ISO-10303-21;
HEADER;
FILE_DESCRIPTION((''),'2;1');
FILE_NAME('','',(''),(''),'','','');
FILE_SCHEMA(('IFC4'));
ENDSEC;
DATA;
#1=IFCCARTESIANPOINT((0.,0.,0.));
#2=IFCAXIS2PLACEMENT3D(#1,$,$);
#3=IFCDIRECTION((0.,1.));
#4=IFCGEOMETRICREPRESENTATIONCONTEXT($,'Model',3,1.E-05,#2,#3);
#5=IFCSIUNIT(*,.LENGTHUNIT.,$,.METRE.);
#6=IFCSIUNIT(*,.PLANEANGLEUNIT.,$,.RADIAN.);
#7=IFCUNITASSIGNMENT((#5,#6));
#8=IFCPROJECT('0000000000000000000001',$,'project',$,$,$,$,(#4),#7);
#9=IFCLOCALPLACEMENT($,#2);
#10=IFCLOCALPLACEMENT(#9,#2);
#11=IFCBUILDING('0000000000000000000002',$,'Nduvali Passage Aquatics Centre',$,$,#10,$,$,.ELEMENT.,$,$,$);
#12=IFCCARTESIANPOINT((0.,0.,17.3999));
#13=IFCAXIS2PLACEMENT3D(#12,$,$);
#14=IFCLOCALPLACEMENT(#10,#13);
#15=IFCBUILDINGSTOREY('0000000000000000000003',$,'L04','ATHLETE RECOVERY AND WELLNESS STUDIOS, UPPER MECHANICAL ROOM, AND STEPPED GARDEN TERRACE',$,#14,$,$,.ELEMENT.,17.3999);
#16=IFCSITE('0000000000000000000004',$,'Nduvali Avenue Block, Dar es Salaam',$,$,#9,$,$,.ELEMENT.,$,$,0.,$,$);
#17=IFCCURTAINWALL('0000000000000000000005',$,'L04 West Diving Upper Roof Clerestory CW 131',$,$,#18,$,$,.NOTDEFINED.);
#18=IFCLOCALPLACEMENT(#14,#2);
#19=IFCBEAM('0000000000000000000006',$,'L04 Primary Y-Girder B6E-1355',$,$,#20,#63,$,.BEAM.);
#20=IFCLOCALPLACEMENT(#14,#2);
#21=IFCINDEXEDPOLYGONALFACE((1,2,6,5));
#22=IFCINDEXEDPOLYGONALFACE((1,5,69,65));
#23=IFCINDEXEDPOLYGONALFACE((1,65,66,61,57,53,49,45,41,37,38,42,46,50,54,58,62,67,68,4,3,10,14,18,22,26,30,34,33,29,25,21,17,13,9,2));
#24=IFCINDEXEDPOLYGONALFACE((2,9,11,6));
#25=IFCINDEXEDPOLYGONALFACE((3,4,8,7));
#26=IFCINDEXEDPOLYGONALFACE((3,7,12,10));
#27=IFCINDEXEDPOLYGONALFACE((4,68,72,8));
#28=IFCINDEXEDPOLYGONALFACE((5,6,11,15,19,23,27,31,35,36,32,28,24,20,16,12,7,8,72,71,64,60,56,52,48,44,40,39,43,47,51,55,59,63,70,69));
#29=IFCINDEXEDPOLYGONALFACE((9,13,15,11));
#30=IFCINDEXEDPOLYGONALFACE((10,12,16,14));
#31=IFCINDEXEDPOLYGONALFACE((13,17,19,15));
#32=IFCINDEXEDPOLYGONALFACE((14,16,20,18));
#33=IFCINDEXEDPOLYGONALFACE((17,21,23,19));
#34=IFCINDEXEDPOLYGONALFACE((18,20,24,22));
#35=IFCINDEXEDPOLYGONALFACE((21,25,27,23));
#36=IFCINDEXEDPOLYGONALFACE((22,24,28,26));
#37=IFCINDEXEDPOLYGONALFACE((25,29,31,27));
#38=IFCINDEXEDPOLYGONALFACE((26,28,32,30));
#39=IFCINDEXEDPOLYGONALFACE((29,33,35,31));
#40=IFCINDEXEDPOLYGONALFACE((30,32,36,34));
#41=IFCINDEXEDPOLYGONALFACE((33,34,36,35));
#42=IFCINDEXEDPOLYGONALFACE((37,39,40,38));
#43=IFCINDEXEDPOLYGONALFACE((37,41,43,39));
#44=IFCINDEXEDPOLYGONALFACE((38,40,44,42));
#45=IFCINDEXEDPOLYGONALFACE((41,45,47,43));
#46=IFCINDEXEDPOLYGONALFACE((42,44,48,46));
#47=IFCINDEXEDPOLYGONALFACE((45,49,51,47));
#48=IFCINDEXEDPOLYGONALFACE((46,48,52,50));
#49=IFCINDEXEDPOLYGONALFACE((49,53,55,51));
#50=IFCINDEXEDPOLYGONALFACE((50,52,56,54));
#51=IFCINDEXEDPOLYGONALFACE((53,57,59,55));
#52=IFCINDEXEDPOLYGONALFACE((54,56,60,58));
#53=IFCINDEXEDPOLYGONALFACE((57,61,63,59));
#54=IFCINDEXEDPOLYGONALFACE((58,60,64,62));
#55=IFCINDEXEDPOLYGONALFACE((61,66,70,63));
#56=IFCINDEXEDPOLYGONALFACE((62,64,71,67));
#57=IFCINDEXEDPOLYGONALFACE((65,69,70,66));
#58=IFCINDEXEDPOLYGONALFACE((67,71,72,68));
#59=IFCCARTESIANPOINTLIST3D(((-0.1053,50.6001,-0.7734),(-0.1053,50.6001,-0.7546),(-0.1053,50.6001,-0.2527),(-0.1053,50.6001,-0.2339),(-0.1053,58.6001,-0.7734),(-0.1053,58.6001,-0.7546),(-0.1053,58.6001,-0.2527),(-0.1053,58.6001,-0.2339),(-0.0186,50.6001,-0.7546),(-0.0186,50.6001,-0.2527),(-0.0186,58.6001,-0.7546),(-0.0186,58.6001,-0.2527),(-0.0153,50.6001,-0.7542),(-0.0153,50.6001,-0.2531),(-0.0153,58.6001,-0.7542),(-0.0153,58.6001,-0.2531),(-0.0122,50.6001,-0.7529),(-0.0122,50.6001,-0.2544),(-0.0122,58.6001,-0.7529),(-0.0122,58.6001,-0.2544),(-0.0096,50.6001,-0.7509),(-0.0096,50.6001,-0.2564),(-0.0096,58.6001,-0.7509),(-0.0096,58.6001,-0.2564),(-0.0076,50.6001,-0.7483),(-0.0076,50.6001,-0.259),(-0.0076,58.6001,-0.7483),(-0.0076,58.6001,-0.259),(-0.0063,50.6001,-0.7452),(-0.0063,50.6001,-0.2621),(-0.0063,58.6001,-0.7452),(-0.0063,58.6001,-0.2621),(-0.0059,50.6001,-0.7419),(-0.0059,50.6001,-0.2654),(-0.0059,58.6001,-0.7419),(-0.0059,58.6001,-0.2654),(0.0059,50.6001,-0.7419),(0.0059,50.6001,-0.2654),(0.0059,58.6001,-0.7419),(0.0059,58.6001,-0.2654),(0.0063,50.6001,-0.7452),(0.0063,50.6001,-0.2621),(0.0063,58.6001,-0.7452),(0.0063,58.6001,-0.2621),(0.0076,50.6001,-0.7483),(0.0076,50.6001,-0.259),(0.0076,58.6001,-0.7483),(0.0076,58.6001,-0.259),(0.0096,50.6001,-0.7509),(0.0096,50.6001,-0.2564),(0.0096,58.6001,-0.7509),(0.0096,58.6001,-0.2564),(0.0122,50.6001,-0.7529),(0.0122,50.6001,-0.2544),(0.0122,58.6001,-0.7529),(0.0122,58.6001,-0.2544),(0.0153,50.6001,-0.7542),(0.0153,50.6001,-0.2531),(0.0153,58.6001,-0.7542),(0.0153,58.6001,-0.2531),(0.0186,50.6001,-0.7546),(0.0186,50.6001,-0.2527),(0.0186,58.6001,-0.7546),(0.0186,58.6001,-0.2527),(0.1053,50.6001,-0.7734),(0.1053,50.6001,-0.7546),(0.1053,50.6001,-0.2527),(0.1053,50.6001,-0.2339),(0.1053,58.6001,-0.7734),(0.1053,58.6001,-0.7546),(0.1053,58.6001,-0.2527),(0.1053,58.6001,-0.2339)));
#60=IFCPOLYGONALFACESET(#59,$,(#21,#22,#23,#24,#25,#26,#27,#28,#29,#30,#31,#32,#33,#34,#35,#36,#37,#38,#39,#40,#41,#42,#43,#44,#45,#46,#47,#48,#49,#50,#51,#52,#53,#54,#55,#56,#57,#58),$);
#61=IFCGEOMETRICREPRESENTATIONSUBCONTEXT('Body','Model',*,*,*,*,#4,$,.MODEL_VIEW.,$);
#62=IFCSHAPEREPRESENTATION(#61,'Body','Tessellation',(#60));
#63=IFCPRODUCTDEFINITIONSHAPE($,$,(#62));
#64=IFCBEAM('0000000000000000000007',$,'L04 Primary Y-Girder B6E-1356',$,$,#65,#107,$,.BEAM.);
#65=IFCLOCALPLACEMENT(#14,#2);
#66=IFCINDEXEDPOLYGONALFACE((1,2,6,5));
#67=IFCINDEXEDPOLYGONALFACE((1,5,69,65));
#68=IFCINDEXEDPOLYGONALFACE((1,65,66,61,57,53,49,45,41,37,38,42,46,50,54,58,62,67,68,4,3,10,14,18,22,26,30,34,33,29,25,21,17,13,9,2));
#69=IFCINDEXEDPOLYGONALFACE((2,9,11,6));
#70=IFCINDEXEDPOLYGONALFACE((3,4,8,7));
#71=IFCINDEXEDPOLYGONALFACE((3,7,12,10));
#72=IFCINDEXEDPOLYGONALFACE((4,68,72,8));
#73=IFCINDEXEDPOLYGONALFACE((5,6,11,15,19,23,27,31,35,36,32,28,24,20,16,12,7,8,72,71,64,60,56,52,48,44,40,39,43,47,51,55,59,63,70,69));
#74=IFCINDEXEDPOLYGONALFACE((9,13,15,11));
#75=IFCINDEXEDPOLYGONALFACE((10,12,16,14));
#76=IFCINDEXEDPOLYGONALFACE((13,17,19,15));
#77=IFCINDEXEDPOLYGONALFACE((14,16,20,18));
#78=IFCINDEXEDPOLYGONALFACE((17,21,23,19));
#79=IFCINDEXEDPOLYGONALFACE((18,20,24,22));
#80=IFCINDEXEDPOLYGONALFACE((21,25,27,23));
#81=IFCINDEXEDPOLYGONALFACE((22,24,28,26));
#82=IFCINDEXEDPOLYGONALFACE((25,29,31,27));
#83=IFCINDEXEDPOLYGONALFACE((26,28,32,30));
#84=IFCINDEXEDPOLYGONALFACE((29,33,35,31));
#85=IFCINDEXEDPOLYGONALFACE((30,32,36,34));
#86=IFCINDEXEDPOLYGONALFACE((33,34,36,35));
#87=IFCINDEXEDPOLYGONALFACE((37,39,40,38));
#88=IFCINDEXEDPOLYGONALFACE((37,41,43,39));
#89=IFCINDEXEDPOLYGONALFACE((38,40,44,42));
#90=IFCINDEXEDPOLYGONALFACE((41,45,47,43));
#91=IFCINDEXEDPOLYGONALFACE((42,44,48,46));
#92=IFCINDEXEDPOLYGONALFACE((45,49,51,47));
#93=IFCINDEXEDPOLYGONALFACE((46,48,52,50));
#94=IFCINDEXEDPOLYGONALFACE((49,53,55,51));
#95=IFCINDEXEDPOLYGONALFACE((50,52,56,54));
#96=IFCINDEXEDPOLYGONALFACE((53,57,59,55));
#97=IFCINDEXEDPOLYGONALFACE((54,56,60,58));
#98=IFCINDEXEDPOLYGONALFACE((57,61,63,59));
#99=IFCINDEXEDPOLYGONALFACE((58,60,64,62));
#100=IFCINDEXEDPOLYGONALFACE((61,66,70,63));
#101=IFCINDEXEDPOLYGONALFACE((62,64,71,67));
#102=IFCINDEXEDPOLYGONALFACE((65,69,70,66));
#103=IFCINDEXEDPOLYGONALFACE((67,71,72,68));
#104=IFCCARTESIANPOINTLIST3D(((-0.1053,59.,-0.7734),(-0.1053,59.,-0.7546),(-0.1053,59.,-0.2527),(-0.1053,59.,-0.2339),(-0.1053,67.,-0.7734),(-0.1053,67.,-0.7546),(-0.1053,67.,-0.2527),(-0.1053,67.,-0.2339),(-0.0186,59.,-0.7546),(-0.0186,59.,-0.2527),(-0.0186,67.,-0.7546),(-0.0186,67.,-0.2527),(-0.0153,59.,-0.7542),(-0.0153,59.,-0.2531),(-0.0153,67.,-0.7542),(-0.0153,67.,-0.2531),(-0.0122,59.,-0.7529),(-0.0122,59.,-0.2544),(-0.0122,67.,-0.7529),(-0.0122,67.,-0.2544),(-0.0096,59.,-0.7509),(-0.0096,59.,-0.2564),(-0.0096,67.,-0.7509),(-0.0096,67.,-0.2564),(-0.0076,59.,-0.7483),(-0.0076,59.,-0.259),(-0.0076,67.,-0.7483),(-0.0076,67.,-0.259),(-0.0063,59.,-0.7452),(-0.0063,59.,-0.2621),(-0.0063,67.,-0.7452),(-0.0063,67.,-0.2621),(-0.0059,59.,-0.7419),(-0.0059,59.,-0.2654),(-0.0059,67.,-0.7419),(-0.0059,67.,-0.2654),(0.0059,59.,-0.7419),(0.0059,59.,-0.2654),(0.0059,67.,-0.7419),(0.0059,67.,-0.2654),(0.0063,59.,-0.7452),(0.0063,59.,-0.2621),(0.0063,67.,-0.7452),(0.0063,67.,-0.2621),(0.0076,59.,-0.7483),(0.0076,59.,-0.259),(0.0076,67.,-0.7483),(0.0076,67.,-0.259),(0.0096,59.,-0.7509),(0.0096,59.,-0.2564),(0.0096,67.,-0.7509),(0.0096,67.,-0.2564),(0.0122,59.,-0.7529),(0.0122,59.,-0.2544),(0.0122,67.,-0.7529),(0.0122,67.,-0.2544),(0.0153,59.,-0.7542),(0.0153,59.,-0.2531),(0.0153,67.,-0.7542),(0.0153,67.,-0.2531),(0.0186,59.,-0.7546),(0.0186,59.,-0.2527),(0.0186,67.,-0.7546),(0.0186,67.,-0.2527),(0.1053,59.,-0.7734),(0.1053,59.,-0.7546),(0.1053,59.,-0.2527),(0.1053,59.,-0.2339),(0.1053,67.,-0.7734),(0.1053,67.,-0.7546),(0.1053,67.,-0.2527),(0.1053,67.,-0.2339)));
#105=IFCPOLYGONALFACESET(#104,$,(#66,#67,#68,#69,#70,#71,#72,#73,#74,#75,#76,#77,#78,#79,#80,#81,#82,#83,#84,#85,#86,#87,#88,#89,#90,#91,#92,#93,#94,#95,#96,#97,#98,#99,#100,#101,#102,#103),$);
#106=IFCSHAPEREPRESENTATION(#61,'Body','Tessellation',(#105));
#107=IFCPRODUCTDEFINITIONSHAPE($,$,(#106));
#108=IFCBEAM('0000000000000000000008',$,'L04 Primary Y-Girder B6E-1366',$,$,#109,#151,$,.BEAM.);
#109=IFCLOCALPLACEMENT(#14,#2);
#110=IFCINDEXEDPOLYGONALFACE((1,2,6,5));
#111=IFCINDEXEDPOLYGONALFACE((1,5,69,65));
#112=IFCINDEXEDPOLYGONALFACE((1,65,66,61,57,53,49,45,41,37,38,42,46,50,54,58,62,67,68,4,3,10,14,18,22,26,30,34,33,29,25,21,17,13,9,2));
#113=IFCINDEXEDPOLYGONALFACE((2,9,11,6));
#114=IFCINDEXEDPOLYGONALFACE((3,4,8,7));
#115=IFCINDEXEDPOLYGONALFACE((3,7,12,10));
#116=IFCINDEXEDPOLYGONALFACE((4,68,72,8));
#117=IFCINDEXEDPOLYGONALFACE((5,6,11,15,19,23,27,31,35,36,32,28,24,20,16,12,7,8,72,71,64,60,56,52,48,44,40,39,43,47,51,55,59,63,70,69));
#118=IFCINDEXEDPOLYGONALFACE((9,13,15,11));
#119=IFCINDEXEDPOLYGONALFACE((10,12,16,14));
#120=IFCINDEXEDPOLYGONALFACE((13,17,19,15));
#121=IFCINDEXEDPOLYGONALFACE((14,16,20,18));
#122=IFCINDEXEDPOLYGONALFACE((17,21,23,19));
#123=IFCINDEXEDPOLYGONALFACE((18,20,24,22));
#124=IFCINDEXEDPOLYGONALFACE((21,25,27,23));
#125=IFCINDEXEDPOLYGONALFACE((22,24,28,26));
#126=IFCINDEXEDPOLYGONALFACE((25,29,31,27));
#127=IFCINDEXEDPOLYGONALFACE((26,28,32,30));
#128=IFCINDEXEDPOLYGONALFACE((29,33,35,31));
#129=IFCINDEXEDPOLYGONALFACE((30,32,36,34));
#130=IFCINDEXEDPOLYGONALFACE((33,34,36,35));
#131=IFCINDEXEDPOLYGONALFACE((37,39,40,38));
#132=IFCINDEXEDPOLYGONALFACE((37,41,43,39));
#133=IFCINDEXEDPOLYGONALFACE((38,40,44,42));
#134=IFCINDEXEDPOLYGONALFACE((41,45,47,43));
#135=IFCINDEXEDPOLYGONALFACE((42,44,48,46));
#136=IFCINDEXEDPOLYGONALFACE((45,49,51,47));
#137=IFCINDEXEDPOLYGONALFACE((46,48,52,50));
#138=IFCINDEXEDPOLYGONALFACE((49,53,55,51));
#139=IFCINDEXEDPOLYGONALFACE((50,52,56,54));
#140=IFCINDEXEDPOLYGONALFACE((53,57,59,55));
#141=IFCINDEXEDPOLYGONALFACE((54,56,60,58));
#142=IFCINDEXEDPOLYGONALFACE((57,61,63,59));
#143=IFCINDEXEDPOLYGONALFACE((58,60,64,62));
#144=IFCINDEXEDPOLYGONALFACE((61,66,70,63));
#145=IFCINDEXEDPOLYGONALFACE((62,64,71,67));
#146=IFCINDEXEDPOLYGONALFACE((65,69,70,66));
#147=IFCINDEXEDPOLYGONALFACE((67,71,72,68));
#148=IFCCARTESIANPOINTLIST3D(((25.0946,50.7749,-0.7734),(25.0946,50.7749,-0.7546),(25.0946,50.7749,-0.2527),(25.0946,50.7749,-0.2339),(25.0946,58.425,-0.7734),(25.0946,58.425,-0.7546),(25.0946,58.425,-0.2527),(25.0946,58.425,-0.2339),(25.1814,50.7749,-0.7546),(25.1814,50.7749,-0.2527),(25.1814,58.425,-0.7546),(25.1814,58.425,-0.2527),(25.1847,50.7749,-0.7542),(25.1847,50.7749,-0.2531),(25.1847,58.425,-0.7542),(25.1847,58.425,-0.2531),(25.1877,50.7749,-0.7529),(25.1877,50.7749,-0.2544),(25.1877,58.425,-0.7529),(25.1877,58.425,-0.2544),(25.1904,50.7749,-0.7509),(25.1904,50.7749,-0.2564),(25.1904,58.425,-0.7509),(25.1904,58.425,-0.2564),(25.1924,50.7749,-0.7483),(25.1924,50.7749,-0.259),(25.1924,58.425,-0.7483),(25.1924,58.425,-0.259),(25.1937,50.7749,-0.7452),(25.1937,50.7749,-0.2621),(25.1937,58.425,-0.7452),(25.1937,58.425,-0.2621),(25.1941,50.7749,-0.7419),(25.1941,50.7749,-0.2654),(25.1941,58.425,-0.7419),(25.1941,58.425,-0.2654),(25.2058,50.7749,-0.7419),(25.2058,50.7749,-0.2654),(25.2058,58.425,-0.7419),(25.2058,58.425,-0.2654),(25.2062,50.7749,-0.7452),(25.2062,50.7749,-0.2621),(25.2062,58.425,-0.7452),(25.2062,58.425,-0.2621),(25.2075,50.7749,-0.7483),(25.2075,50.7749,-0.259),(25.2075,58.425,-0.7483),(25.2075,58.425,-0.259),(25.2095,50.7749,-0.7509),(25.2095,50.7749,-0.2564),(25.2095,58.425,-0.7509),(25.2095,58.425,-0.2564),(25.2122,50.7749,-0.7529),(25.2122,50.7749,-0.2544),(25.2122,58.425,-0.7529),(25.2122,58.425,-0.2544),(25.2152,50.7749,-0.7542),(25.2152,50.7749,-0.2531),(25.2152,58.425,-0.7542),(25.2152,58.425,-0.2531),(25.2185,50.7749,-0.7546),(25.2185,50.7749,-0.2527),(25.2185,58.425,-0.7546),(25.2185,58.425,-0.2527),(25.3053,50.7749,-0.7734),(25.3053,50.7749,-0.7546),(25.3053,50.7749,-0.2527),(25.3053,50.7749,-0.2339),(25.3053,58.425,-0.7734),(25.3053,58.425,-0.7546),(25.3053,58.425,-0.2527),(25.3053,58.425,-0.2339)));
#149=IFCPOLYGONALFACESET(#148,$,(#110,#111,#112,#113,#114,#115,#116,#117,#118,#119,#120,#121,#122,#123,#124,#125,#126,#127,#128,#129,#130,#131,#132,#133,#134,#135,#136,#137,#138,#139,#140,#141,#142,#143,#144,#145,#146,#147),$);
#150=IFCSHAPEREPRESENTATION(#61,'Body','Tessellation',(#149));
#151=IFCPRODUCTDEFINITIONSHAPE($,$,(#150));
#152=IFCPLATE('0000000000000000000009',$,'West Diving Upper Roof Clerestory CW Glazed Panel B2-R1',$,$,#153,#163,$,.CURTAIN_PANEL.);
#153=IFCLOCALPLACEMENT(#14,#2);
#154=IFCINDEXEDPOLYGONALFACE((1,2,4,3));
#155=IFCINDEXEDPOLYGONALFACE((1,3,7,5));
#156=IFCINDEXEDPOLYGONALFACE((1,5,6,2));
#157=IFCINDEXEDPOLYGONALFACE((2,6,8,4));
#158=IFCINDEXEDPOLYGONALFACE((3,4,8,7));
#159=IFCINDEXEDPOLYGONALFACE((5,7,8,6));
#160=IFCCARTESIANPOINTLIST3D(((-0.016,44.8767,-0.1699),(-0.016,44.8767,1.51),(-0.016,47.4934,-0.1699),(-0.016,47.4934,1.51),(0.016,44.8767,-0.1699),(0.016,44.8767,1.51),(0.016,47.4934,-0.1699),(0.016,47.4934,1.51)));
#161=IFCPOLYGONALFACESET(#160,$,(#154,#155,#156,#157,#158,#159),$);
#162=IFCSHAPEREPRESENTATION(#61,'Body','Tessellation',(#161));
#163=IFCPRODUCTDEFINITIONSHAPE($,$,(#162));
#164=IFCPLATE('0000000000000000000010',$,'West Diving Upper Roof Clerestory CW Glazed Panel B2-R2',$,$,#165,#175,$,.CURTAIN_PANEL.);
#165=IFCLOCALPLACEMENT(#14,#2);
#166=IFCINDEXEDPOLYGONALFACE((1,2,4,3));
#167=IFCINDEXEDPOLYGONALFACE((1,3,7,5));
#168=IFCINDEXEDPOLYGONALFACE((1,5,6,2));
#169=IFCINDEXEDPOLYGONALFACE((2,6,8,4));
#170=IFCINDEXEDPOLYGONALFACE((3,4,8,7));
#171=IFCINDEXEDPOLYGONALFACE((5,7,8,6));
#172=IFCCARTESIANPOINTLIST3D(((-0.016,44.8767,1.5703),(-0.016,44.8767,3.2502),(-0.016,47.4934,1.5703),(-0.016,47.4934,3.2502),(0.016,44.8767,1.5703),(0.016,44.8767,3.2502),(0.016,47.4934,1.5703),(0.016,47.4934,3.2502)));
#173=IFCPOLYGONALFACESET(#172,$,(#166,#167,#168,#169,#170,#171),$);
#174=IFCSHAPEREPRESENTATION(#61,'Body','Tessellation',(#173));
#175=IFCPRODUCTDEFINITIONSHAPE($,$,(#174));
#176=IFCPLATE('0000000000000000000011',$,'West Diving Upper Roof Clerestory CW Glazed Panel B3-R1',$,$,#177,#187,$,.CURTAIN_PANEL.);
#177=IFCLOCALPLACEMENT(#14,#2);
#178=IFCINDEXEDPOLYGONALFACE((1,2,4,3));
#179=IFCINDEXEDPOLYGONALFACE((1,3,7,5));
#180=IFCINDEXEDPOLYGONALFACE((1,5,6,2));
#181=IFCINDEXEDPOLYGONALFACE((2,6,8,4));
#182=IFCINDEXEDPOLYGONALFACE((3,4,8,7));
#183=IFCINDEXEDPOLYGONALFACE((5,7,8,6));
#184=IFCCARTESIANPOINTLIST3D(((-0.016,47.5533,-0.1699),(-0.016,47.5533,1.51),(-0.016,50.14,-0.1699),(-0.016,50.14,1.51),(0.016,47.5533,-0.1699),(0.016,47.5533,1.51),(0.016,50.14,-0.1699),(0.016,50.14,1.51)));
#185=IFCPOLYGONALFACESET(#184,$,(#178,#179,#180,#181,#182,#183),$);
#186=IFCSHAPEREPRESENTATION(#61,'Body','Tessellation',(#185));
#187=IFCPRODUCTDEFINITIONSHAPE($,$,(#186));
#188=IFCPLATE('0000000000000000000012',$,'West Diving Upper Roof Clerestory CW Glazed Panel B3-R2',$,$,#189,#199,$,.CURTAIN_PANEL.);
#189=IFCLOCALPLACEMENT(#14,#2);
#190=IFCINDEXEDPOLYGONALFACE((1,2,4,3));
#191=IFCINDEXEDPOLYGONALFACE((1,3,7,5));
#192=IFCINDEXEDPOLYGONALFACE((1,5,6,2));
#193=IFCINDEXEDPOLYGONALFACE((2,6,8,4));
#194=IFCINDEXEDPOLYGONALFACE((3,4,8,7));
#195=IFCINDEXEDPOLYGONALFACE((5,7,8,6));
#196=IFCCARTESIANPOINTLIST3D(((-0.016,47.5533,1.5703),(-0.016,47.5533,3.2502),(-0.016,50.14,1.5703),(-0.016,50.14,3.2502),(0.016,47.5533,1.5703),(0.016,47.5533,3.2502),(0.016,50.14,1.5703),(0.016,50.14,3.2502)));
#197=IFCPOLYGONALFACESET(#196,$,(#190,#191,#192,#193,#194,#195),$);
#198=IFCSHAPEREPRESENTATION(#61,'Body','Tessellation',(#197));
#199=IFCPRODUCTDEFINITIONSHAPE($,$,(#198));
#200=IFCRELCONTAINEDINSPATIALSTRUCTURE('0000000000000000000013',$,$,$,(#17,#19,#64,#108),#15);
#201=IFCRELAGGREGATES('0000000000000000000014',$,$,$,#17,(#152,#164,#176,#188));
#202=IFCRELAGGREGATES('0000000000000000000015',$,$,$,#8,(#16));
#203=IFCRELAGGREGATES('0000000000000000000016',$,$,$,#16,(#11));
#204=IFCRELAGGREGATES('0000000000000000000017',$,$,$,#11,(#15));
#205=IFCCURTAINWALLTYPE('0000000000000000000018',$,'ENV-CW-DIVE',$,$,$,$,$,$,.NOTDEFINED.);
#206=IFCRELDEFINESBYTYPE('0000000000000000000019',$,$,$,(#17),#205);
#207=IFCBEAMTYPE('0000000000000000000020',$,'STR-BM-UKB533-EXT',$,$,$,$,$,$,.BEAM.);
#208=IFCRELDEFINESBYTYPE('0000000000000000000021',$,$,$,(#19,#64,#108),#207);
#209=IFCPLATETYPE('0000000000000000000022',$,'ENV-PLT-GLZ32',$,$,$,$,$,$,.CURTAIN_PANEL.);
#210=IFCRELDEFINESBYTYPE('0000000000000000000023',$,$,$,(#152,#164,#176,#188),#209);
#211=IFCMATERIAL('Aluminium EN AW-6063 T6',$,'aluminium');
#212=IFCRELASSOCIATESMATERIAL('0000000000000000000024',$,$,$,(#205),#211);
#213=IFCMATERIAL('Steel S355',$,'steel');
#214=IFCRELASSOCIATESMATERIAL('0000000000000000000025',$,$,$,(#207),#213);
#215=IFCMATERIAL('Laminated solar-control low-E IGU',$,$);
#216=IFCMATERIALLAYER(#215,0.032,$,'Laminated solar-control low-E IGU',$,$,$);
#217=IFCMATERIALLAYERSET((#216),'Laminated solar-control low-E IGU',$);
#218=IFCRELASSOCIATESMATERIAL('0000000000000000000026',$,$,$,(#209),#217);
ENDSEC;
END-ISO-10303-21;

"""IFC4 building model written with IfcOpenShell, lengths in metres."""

from ifc_helpers import new_model, si_unit, direction, frame, origin, origin_2d, place, context, subcontext, project, spatial, rectangle, i_section, extrude, material, layer, layer_set, material_profile, profile_set, type_object, element, aggregate, save


model = new_model("IFC4")

# Units and contexts
model_context = context("Model", 3, precision=1e-05, world=origin(), true_north=direction((0.0, 1.0)))
body_context = subcontext(model_context, "Body", "Model", "MODEL_VIEW")
ifc_project = project(units=[si_unit("LENGTHUNIT", "METRE"), si_unit("PLANEANGLEUNIT", "RADIAN")], contexts=[model_context])

# Site, building, storey
site_placement = place(None, origin())
site = spatial("IfcSite", under=ifc_project, at=site_placement, Name="Nduvali Avenue Block, Dar es Salaam", CompositionType="ELEMENT", RefElevation=0.0)
building_placement = place(site_placement, origin())
building = spatial("IfcBuilding", under=site, at=building_placement, Name="Nduvali Passage Aquatics Centre", CompositionType="ELEMENT")
storey_placement = place(building_placement, frame((0.0, 0.0, 17.3999)))
storey = spatial("IfcBuildingStorey", under=building, at=storey_placement, Name="L04", Description="ATHLETE RECOVERY AND WELLNESS STUDIOS, UPPER MECHANICAL ROOM, AND STEPPED GARDEN TERRACE", CompositionType="ELEMENT", Elevation=17.3999)

# Shared definitions
ifc_material_1 = material(Name="Steel S355", Category="steel")

# Curtain wall
ifc_material_2 = material(Name="Aluminium EN AW-6063 T6", Category="aluminium")
curtain_wall_type = type_object("IfcCurtainWallType", Name="ENV-CW-DIVE", PredefinedType="NOTDEFINED", material=ifc_material_2)
curtain_wall_1_placement = place(storey_placement, origin())
curtain_wall_1 = element("IfcCurtainWall", 1, at=curtain_wall_1_placement, inside=storey, type_object=curtain_wall_type, Name="L04 West Diving Upper Roof Clerestory CW 131", PredefinedType="NOTDEFINED")

# Beams
ifc_material_profile_1 = material_profile(ifc_material_1, i_section(OverallWidth=0.2107, OverallDepth=0.5396, WebThickness=0.0117, FlangeThickness=0.0188, FilletRadius=0.0127, at=origin_2d()), Name="UKB 533x210x109")
ifc_profile_set_1 = profile_set([ifc_material_profile_1], Name="Steel S355")
beam_type = type_object("IfcBeamType", Name="STR-BM-UKB533-EXT", PredefinedType="BEAM", material=ifc_profile_set_1)
for number, where, z_axis, x_axis, name in (
    (2, (0.0, 50.6001, -0.5037), (0.0, 1.0, 0.0), (-1.0, 0.0, 0.0), "L04 Primary Y-Girder B6E-1355"),
    (3, (0.0, 59.0, -0.5037), (0.0, 1.0, 0.0), (-1.0, 0.0, 0.0), "L04 Primary Y-Girder B6E-1356"),
):
    element("IfcBeam", number, at=place(storey_placement, frame(where, z_axis=z_axis, x_axis=x_axis)), inside=storey, type_object=beam_type, Name=name, PredefinedType="BEAM", context=body_context, shape_type="SweptSolid", body=[
        extrude(i_section(OverallWidth=0.2107, OverallDepth=0.5396, WebThickness=0.0117, FlangeThickness=0.0188, FilletRadius=0.0127, at=origin_2d()), origin(), (0.0, 0.0, 1.0), 8.0),
    ])
beam_placement = place(storey_placement, frame((25.2, 50.7749, -0.5037), z_axis=(0.0, 1.0, 0.0), x_axis=(-1.0, 0.0, 0.0)))
element("IfcBeam", 4, at=beam_placement, inside=storey, type_object=beam_type, Name="L04 Primary Y-Girder B6E-1366", PredefinedType="BEAM", context=body_context, shape_type="SweptSolid", body=[
    extrude(i_section(OverallWidth=0.2107, OverallDepth=0.5396, WebThickness=0.0117, FlangeThickness=0.0188, FilletRadius=0.0127, at=origin_2d()), origin(), (0.0, 0.0, 1.0), 7.6501),
])

# Plates
ifc_material_3 = material(Name="Laminated solar-control low-E IGU")
ifc_layer = layer(ifc_material_3, 0.032, Name="Laminated solar-control low-E IGU")
ifc_layer_set = layer_set([ifc_layer], Name="Laminated solar-control low-E IGU")
plate_type = type_object("IfcPlateType", Name="ENV-PLT-GLZ32", PredefinedType="CURTAIN_PANEL", material=ifc_layer_set)
plate_1_placement = place(storey_placement, frame((0.0, 46.1851, -0.1699), z_axis=(0.0, 0.0, 1.0), x_axis=(0.0, 1.0, 0.0)))
plate_1 = element("IfcPlate", 5, at=plate_1_placement, type_object=plate_type, Name="West Diving Upper Roof Clerestory CW Glazed Panel B2-R1", PredefinedType="CURTAIN_PANEL", context=body_context, shape_type="SweptSolid", body=[
    extrude(rectangle(XDim=2.6167, YDim=0.032, at=origin_2d()), origin(), (0.0, 0.0, 1.0), 1.6799),
])
plate_2_placement = place(storey_placement, frame((0.0, 46.1851, 1.5703), z_axis=(0.0, 0.0, 1.0), x_axis=(0.0, 1.0, 0.0)))
plate_2 = element("IfcPlate", 6, at=plate_2_placement, type_object=plate_type, Name="West Diving Upper Roof Clerestory CW Glazed Panel B2-R2", PredefinedType="CURTAIN_PANEL", context=body_context, shape_type="SweptSolid", body=[
    extrude(rectangle(XDim=2.6167, YDim=0.032, at=origin_2d()), origin(), (0.0, 0.0, 1.0), 1.6799),
])
plate_3_placement = place(storey_placement, frame((0.0, 48.8467, -0.1699), z_axis=(0.0, 0.0, 1.0), x_axis=(0.0, 1.0, 0.0)))
plate_3 = element("IfcPlate", 7, at=plate_3_placement, type_object=plate_type, Name="West Diving Upper Roof Clerestory CW Glazed Panel B3-R1", PredefinedType="CURTAIN_PANEL", context=body_context, shape_type="SweptSolid", body=[
    extrude(rectangle(XDim=2.5867, YDim=0.032, at=origin_2d()), origin(), (0.0, 0.0, 1.0), 1.6799),
])
plate_4_placement = place(storey_placement, frame((0.0, 48.8467, 1.5703), z_axis=(0.0, 0.0, 1.0), x_axis=(0.0, 1.0, 0.0)))
plate_4 = element("IfcPlate", 8, at=plate_4_placement, type_object=plate_type, Name="West Diving Upper Roof Clerestory CW Glazed Panel B3-R2", PredefinedType="CURTAIN_PANEL", context=body_context, shape_type="SweptSolid", body=[
    extrude(rectangle(XDim=2.5867, YDim=0.032, at=origin_2d()), origin(), (0.0, 0.0, 1.0), 1.6799),
])
aggregate(curtain_wall_1, [plate_1, plate_2, plate_3, plate_4])

save(model, "model.ifc")
